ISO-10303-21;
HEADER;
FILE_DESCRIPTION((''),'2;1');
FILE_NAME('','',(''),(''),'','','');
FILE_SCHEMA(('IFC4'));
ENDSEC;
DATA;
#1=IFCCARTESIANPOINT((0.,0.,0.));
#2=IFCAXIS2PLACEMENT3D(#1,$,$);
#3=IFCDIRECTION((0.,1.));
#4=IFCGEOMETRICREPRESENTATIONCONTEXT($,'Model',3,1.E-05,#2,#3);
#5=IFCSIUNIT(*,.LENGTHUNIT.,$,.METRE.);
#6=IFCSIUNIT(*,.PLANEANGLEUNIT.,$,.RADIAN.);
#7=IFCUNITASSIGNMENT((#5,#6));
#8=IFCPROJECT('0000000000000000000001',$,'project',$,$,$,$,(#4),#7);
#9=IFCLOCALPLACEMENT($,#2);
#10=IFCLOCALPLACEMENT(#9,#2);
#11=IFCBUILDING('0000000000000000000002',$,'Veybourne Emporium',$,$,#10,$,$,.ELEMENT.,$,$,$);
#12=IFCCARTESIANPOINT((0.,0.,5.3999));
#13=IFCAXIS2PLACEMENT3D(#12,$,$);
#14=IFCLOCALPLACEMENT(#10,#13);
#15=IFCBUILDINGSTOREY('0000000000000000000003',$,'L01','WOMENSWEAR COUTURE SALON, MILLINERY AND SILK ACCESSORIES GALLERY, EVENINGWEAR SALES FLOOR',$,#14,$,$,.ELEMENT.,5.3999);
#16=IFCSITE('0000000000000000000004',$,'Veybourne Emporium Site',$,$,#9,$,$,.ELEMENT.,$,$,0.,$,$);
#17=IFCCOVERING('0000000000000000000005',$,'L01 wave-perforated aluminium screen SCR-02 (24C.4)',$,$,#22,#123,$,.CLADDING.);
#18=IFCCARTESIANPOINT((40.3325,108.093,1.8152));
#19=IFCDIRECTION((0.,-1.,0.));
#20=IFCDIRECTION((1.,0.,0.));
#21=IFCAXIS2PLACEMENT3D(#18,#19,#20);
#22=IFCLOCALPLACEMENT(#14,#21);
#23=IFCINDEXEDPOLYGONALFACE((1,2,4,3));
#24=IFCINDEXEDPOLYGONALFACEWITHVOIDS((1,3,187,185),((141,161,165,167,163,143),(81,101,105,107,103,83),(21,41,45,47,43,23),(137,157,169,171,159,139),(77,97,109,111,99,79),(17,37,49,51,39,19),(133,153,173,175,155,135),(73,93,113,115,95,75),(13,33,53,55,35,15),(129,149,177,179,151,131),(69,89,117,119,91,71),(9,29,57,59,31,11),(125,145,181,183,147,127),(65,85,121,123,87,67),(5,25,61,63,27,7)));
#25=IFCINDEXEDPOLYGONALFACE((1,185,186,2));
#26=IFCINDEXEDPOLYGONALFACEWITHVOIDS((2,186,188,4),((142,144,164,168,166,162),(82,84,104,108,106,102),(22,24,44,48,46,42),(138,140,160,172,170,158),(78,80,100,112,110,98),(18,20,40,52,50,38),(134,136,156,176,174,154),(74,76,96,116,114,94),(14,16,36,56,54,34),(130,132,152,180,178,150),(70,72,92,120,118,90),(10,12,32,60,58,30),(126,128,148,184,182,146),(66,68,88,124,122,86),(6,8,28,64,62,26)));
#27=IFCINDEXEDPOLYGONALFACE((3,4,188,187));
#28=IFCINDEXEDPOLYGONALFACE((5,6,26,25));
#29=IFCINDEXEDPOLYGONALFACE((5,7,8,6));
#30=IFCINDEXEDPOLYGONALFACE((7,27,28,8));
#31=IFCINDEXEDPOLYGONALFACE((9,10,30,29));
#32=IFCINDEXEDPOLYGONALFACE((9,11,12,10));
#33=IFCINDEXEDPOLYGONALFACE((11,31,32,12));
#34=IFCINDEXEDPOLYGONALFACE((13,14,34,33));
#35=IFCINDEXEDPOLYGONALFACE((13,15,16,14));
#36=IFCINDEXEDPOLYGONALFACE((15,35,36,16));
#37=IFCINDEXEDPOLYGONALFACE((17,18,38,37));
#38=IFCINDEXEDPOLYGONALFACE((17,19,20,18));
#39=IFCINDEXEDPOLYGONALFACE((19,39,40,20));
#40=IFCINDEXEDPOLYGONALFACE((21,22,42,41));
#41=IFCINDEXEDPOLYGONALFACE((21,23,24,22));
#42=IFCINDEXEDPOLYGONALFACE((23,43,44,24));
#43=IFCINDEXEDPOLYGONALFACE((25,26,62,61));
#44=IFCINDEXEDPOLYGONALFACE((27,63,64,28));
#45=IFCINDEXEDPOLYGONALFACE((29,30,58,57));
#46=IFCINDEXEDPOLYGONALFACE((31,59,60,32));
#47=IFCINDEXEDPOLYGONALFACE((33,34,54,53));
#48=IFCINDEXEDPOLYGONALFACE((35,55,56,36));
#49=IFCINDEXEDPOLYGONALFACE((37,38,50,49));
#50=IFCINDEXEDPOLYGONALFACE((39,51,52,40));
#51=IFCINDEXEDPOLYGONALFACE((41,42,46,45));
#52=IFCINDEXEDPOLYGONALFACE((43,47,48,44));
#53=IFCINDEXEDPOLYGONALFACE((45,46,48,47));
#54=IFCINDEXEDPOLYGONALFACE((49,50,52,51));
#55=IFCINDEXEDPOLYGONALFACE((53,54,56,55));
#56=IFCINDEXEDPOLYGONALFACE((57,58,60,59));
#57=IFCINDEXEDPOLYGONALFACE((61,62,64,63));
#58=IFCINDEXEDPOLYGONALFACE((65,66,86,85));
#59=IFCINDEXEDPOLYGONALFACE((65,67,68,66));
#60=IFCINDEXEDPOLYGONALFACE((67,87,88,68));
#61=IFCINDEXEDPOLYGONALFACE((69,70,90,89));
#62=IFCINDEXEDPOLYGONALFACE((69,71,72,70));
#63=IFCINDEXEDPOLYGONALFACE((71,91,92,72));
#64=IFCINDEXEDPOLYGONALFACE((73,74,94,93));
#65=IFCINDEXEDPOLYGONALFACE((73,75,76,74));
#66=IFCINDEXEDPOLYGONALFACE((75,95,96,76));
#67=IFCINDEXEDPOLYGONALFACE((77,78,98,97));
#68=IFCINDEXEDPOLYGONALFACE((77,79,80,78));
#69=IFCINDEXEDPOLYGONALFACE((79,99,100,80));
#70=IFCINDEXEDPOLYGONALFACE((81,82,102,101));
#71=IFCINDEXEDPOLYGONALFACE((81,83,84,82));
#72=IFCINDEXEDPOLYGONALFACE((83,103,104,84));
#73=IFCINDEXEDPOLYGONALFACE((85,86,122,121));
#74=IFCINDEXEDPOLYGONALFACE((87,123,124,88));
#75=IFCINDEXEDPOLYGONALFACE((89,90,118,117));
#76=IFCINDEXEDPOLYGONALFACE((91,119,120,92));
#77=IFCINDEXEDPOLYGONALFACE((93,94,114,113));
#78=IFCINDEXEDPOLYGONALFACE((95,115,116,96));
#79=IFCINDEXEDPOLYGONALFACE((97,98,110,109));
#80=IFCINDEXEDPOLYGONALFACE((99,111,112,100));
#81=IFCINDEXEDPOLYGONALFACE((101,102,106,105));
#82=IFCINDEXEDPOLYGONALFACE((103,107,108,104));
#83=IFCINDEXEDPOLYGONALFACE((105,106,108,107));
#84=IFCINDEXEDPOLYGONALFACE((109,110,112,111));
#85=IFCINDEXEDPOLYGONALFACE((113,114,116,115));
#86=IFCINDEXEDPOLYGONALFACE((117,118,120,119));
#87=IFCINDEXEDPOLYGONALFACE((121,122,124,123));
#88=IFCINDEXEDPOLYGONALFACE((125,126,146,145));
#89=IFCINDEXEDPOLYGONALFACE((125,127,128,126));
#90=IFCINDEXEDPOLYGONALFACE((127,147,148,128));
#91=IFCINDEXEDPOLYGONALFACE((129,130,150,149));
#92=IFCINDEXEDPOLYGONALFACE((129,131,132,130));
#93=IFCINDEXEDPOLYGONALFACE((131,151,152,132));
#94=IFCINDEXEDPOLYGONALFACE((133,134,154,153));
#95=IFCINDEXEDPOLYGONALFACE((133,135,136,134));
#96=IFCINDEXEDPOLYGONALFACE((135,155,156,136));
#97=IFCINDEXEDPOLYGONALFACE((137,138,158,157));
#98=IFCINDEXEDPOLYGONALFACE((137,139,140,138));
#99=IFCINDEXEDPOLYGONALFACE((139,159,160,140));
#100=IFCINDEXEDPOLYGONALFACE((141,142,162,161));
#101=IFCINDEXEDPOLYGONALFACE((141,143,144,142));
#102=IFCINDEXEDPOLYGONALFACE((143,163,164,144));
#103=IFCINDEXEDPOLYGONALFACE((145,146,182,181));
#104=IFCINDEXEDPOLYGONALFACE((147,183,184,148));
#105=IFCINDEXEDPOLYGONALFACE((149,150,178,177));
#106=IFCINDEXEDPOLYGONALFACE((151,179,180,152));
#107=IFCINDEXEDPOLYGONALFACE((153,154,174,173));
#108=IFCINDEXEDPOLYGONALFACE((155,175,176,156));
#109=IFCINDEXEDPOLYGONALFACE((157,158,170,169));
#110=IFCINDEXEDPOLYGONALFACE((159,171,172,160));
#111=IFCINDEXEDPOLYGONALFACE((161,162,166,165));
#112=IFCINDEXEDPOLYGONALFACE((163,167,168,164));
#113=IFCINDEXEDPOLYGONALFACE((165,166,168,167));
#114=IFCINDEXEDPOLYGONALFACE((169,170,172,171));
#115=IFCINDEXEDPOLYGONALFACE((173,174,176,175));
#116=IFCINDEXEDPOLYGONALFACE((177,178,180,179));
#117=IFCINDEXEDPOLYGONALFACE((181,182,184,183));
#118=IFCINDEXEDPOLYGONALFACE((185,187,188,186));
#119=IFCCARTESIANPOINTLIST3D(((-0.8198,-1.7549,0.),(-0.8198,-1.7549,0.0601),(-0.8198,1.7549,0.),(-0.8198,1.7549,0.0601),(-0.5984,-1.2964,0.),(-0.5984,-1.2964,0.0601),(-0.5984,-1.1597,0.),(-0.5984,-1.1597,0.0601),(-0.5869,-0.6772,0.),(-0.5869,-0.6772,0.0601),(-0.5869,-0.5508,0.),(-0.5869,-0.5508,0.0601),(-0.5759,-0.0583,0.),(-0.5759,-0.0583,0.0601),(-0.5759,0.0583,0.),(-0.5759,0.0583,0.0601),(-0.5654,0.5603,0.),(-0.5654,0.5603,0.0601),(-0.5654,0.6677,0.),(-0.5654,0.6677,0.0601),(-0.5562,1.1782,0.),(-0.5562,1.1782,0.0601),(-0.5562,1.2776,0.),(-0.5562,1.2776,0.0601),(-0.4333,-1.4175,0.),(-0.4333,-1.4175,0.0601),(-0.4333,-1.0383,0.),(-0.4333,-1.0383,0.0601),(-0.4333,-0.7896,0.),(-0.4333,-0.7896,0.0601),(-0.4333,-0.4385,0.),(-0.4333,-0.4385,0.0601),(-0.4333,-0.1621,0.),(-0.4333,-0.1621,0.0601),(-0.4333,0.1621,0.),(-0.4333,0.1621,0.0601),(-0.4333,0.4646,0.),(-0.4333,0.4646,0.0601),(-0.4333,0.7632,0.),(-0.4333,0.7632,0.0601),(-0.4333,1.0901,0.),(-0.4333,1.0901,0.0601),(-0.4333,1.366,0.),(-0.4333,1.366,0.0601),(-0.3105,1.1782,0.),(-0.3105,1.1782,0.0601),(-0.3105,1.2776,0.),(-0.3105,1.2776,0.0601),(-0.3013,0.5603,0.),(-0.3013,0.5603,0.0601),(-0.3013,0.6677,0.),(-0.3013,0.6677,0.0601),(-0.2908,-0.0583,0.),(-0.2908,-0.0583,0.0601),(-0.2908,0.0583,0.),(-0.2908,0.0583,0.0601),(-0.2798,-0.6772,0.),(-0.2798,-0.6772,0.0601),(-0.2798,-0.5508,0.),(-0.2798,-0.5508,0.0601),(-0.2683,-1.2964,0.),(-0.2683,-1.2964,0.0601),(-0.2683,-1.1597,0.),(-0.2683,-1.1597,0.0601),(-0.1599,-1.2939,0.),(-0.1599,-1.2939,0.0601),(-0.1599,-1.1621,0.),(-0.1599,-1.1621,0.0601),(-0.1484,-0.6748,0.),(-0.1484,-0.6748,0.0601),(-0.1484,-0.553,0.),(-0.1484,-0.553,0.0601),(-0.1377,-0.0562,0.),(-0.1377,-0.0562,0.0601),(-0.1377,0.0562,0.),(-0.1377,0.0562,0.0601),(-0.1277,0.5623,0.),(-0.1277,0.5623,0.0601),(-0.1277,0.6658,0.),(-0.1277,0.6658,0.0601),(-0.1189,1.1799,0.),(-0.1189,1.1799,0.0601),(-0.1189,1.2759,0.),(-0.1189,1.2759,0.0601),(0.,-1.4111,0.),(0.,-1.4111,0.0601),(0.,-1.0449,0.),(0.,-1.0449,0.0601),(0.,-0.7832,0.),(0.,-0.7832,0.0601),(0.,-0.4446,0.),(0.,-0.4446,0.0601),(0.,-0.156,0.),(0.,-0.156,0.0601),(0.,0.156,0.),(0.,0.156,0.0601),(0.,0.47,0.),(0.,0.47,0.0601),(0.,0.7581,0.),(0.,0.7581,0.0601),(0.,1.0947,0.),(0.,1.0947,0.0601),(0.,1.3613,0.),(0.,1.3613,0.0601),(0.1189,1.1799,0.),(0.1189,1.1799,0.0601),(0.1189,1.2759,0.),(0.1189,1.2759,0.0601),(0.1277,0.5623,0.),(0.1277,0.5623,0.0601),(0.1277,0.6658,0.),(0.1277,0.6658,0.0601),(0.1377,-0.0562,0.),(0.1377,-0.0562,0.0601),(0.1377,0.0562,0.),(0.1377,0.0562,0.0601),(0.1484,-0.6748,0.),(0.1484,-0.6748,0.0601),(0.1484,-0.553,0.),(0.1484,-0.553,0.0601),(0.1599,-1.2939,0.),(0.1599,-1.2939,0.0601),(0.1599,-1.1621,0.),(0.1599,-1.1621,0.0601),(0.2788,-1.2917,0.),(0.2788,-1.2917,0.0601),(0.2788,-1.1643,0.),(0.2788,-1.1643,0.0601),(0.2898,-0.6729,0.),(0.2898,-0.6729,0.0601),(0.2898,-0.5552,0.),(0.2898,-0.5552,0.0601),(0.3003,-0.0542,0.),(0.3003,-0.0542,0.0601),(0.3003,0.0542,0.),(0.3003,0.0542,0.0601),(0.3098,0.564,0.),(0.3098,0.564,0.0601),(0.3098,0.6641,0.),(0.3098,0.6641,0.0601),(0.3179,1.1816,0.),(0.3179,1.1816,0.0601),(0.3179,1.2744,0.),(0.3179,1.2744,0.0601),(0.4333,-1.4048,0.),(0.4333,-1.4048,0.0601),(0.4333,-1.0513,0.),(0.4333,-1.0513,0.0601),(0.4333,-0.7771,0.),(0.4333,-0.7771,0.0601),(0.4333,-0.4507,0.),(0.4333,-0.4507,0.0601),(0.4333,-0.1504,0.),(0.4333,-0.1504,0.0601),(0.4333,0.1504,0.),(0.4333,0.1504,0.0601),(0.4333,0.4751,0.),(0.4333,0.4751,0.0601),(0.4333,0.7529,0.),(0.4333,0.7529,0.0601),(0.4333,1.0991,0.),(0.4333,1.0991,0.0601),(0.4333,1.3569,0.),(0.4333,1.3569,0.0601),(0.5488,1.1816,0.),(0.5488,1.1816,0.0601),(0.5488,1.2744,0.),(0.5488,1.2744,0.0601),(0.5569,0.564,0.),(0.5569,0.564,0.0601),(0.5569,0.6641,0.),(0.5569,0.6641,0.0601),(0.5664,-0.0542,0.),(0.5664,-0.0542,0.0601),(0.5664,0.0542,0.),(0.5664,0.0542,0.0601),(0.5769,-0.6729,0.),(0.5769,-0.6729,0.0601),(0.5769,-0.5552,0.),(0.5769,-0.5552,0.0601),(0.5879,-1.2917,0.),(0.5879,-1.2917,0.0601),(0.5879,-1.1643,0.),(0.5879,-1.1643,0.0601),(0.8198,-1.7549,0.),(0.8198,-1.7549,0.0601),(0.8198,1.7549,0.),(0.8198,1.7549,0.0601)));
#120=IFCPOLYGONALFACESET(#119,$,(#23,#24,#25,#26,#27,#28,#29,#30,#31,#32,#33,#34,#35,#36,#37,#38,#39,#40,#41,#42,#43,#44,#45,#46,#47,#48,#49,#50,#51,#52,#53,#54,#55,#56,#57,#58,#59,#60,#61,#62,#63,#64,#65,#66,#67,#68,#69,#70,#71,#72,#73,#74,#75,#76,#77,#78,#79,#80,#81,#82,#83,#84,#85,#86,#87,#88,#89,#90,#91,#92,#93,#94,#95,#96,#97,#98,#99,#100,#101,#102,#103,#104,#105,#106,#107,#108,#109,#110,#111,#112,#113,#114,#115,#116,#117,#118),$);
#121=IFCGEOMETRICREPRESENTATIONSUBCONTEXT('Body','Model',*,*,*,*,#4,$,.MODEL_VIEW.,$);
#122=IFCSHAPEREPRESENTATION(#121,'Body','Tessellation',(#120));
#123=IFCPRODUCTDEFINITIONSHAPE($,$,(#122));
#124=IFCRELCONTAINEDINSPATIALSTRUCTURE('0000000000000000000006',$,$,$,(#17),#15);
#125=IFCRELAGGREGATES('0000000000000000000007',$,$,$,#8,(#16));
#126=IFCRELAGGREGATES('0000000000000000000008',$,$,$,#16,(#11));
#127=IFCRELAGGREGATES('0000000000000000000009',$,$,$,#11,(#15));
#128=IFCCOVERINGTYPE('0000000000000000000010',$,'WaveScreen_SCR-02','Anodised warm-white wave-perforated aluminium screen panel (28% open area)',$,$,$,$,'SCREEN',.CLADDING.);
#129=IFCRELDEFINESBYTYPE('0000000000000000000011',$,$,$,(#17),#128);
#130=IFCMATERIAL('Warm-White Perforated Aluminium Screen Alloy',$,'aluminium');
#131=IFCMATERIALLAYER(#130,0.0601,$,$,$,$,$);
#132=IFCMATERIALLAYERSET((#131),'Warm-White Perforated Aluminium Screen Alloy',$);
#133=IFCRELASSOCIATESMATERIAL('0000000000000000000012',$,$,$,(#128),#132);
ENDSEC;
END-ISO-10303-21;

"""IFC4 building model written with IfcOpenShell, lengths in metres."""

from ifc_helpers import new_model, si_unit, direction, frame, origin, place, context, subcontext, project, spatial, polyline, outline, extrude, material, layer, layer_set, type_object, element, save


model = new_model("IFC4")

# Units and contexts
model_context = context("Model", 3, precision=1e-05, world=origin(), true_north=direction((0.0, 1.0)))
body_context = subcontext(model_context, "Body", "Model", "MODEL_VIEW")
ifc_project = project(units=[si_unit("LENGTHUNIT", "METRE"), si_unit("PLANEANGLEUNIT", "RADIAN")], contexts=[model_context])

# Site, building, storey
site_placement = place(None, origin())
site = spatial("IfcSite", under=ifc_project, at=site_placement, Name="Veybourne Emporium Site", CompositionType="ELEMENT", RefElevation=0.0)
building_placement = place(site_placement, origin())
building = spatial("IfcBuilding", under=site, at=building_placement, Name="Veybourne Emporium", CompositionType="ELEMENT")
storey_placement = place(building_placement, frame((0.0, 0.0, 5.3999)))
storey = spatial("IfcBuildingStorey", under=building, at=storey_placement, Name="L01", Description="WOMENSWEAR COUTURE SALON, MILLINERY AND SILK ACCESSORIES GALLERY, EVENINGWEAR SALES FLOOR", CompositionType="ELEMENT", Elevation=5.3999)

# Covering
ifc_material_1 = material(Name="Warm-White Perforated Aluminium Screen Alloy", Category="aluminium")
ifc_layer_1 = layer(ifc_material_1, 0.0601)
ifc_layer_set_1 = layer_set([ifc_layer_1], Name="Warm-White Perforated Aluminium Screen Alloy")
covering_type_1 = type_object("IfcCoveringType", Name="WaveScreen_SCR-02", Description="Anodised warm-white wave-perforated aluminium screen panel (28% open area)", ElementType="SCREEN", PredefinedType="CLADDING", material=ifc_layer_set_1)
covering_1_placement = place(storey_placement, frame((40.3325, 108.093, 1.8152), z_axis=(0.0, -1.0, 0.0), x_axis=(1.0, 0.0, 0.0)))
element("IfcCovering", 1, at=covering_1_placement, inside=storey, type_object=covering_type_1, Name="L01 wave-perforated aluminium screen SCR-02 (24C.4)", PredefinedType="CLADDING", context=body_context, shape_type="SweptSolid", body=[
    extrude(outline(polyline([(-0.8198, -1.7549), (0.8198, -1.7549), (0.8198, 1.7549), (-0.8198, 1.7549), (-0.8198, -1.7549)]), holes=[polyline([(-0.4333, -1.0383), (-0.2683, -1.1597), (-0.2683, -1.2964), (-0.4333, -1.4175), (-0.5984, -1.2964), (-0.5984, -1.1597), (-0.4333, -1.0383)]), polyline([(-0.4333, -0.4385), (-0.2798, -0.5508), (-0.2798, -0.6772), (-0.4333, -0.7896), (-0.5869, -0.6772), (-0.5869, -0.5508), (-0.4333, -0.4385)]), polyline([(-0.4333, 0.1621), (-0.2908, 0.0583), (-0.2908, -0.0583), (-0.4333, -0.1621), (-0.5759, -0.0583), (-0.5759, 0.0583), (-0.4333, 0.1621)]), polyline([(-0.4333, 0.7632), (-0.3013, 0.6677), (-0.3013, 0.5603), (-0.4333, 0.4646), (-0.5654, 0.5603), (-0.5654, 0.6677), (-0.4333, 0.7632)]), polyline([(-0.4333, 1.366), (-0.3105, 1.2776), (-0.3105, 1.1782), (-0.4333, 1.0901), (-0.5562, 1.1782), (-0.5562, 1.2776), (-0.4333, 1.366)]), polyline([(0.0, -1.0449), (0.1599, -1.1621), (0.1599, -1.2939), (0.0, -1.4111), (-0.1599, -1.2939), (-0.1599, -1.1621), (0.0, -1.0449)]), polyline([(0.0, -0.4446), (0.1484, -0.553), (0.1484, -0.6748), (0.0, -0.7832), (-0.1484, -0.6748), (-0.1484, -0.553), (0.0, -0.4446)]), polyline([(0.0, 0.156), (0.1377, 0.0562), (0.1377, -0.0562), (0.0, -0.156), (-0.1377, -0.0562), (-0.1377, 0.0562), (0.0, 0.156)]), polyline([(0.0, 0.7581), (0.1277, 0.6658), (0.1277, 0.5623), (0.0, 0.47), (-0.1277, 0.5623), (-0.1277, 0.6658), (0.0, 0.7581)]), polyline([(0.0, 1.3613), (0.1189, 1.2759), (0.1189, 1.1799), (0.0, 1.0947), (-0.1189, 1.1799), (-0.1189, 1.2759), (0.0, 1.3613)]), polyline([(0.4333, -1.0513), (0.5879, -1.1643), (0.5879, -1.2917), (0.4333, -1.4048), (0.2788, -1.2917), (0.2788, -1.1643), (0.4333, -1.0513)]), polyline([(0.4333, -0.4507), (0.5769, -0.5552), (0.5769, -0.6729), (0.4333, -0.7771), (0.2898, -0.6729), (0.2898, -0.5552), (0.4333, -0.4507)]), polyline([(0.4333, 0.1504), (0.5664, 0.0542), (0.5664, -0.0542), (0.4333, -0.1504), (0.3003, -0.0542), (0.3003, 0.0542), (0.4333, 0.1504)]), polyline([(0.4333, 0.7529), (0.5569, 0.6641), (0.5569, 0.564), (0.4333, 0.4751), (0.3098, 0.564), (0.3098, 0.6641), (0.4333, 0.7529)]), polyline([(0.4333, 1.3569), (0.5488, 1.2744), (0.5488, 1.1816), (0.4333, 1.0991), (0.3179, 1.1816), (0.3179, 1.2744), (0.4333, 1.3569)])]), origin(), (0.0, 0.0, 1.0), 0.0601),
])

save(model, "model.ifc")
